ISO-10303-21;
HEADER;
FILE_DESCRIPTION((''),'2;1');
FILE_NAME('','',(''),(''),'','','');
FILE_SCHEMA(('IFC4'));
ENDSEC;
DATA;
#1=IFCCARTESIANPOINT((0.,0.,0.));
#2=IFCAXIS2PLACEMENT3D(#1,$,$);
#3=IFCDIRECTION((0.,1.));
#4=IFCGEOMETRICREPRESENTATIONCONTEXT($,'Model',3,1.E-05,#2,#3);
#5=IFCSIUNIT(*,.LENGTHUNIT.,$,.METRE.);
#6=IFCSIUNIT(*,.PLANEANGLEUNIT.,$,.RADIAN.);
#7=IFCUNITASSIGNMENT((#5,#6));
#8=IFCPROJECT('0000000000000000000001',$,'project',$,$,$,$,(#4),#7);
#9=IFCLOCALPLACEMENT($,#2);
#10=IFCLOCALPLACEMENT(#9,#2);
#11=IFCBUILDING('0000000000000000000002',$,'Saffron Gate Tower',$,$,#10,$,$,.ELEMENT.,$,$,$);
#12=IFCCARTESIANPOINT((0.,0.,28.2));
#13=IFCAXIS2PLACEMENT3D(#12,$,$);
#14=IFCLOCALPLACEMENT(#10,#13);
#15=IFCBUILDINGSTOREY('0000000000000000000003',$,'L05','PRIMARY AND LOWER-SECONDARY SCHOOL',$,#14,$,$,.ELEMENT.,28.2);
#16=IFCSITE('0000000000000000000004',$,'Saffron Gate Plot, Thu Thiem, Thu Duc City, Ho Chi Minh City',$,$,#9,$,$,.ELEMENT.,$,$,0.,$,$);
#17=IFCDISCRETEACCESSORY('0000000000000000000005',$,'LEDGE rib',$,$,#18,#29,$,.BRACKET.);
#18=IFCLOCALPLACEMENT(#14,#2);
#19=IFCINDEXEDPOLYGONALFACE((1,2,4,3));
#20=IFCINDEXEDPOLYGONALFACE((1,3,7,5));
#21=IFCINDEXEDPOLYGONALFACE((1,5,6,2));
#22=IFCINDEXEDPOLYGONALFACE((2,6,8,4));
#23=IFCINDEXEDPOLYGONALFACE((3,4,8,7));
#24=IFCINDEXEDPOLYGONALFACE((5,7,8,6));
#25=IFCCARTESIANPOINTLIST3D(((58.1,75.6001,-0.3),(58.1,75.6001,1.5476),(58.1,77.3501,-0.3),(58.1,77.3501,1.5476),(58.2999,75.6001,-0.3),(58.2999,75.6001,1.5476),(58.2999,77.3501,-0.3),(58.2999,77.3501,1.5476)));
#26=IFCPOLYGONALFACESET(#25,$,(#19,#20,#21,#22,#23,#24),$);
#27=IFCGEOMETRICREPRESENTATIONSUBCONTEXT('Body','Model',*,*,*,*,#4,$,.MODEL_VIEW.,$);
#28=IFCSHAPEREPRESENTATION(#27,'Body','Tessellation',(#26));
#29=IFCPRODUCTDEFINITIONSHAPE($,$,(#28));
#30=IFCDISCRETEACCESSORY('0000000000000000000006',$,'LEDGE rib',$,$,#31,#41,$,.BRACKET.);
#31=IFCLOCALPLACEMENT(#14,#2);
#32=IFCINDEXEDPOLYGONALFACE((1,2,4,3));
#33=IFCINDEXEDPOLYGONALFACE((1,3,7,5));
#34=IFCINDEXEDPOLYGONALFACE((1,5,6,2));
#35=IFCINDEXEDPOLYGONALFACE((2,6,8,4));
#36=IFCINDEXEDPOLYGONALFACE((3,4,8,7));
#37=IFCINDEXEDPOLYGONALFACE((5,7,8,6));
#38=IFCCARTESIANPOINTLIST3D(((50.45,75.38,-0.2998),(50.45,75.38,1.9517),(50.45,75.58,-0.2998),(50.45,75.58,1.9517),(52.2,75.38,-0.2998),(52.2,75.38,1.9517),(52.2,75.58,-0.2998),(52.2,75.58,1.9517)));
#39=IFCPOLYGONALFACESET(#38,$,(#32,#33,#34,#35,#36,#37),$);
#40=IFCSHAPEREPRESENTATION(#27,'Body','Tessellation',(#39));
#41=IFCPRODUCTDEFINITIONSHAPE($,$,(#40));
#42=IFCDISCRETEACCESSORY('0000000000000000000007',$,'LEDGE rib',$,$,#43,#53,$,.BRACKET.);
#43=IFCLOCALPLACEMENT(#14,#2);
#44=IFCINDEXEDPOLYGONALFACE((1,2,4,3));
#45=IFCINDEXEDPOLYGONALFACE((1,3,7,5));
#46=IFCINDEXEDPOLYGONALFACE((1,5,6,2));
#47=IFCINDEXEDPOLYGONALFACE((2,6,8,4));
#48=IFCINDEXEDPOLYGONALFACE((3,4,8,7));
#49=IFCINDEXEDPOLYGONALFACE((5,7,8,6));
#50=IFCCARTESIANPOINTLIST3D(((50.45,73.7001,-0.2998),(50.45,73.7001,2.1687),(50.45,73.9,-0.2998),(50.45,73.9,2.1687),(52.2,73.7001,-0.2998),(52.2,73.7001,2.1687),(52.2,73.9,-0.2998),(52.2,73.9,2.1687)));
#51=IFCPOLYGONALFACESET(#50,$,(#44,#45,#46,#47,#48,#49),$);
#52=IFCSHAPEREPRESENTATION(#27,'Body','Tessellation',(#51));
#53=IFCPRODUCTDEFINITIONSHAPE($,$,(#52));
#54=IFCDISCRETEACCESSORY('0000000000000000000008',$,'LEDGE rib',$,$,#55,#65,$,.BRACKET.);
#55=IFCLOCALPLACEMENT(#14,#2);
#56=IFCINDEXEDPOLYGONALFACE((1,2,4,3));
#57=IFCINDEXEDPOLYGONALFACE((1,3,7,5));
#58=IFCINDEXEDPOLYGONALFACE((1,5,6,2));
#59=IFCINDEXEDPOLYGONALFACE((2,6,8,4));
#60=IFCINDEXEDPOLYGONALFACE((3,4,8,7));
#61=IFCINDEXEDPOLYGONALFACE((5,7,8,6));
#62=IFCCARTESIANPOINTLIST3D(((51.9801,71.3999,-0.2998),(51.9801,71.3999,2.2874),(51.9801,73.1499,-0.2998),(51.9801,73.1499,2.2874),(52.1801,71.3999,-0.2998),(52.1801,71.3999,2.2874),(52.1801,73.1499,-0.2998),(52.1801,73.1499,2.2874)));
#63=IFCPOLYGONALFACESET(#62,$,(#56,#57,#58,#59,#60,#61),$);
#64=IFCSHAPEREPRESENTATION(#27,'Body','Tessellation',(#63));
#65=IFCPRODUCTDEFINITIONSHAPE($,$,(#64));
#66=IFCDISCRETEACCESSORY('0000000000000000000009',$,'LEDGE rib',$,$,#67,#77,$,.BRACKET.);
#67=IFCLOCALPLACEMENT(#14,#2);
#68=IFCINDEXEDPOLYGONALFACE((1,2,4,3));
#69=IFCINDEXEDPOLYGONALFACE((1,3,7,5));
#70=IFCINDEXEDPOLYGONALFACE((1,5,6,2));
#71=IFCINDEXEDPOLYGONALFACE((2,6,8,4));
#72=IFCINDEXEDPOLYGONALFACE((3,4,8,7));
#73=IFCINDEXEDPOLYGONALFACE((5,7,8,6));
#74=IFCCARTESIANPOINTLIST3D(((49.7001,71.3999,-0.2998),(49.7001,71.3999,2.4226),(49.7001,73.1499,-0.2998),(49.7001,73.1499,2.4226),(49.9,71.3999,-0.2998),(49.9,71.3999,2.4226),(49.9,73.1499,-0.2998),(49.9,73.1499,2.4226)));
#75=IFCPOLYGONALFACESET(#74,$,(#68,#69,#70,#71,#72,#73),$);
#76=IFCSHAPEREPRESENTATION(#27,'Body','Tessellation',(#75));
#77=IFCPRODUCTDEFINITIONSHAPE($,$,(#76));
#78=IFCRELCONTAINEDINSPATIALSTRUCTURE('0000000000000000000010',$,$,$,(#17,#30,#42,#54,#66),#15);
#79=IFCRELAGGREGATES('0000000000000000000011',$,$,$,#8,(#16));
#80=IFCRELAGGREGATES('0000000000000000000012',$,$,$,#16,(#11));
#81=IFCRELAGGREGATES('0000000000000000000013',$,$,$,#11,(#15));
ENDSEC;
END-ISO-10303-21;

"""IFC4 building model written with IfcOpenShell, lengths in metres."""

from ifc_helpers import new_model, si_unit, direction, frame, origin, origin_2d, place, context, subcontext, project, spatial, rectangle, extrude, element, save


model = new_model("IFC4")

# Units and contexts
model_context = context("Model", 3, precision=1e-05, world=origin(), true_north=direction((0.0, 1.0)))
body_context = subcontext(model_context, "Body", "Model", "MODEL_VIEW")
ifc_project = project(units=[si_unit("LENGTHUNIT", "METRE"), si_unit("PLANEANGLEUNIT", "RADIAN")], contexts=[model_context])

# Site, building, storey
site_placement = place(None, origin())
site = spatial("IfcSite", under=ifc_project, at=site_placement, Name="Saffron Gate Plot, Thu Thiem, Thu Duc City, Ho Chi Minh City", CompositionType="ELEMENT", RefElevation=0.0)
building_placement = place(site_placement, origin())
building = spatial("IfcBuilding", under=site, at=building_placement, Name="Saffron Gate Tower", CompositionType="ELEMENT")
storey_placement = place(building_placement, frame((0.0, 0.0, 28.2)))
storey = spatial("IfcBuildingStorey", under=building, at=storey_placement, Name="L05", Description="PRIMARY AND LOWER-SECONDARY SCHOOL", CompositionType="ELEMENT", Elevation=28.2)

# Discrete accessories
discrete_accessory_1_placement = place(storey_placement, frame((58.2, 76.4751, -0.3), z_axis=(0.0, 0.0, 1.0), x_axis=(-1.0, 0.0, 0.0)))
element("IfcDiscreteAccessory", 1, at=discrete_accessory_1_placement, inside=storey, Name="LEDGE rib", PredefinedType="BRACKET", context=body_context, shape_type="SweptSolid", body=[
    extrude(rectangle(XDim=0.2, YDim=1.75, at=origin_2d()), origin(), (0.0, 0.0, 1.0), 1.8477),
])
discrete_accessory_2_placement = place(storey_placement, frame((51.325, 75.48, -0.2998), z_axis=(0.0, 0.0, 1.0), x_axis=(0.0, -1.0, 0.0)))
element("IfcDiscreteAccessory", 2, at=discrete_accessory_2_placement, inside=storey, Name="LEDGE rib", PredefinedType="BRACKET", context=body_context, shape_type="SweptSolid", body=[
    extrude(rectangle(XDim=0.2, YDim=1.75, at=origin_2d()), origin(), (0.0, 0.0, 1.0), 2.2515),
])
discrete_accessory_3_placement = place(storey_placement, frame((51.325, 73.8, -0.2998), z_axis=(0.0, 0.0, 1.0), x_axis=(0.0, -1.0, 0.0)))
element("IfcDiscreteAccessory", 3, at=discrete_accessory_3_placement, inside=storey, Name="LEDGE rib", PredefinedType="BRACKET", context=body_context, shape_type="SweptSolid", body=[
    extrude(rectangle(XDim=0.2, YDim=1.75, at=origin_2d()), origin(), (0.0, 0.0, 1.0), 2.4685),
])
discrete_accessory_4_placement = place(storey_placement, frame((52.0801, 72.2749, -0.2998), z_axis=(0.0, 0.0, 1.0), x_axis=(-1.0, 0.0, 0.0)))
element("IfcDiscreteAccessory", 4, at=discrete_accessory_4_placement, inside=storey, Name="LEDGE rib", PredefinedType="BRACKET", context=body_context, shape_type="SweptSolid", body=[
    extrude(rectangle(XDim=0.2, YDim=1.75, at=origin_2d()), origin(), (0.0, 0.0, 1.0), 2.5872),
])
discrete_accessory_5_placement = place(storey_placement, frame((49.8, 72.2749, -0.2998), z_axis=(0.0, 0.0, 1.0), x_axis=(-1.0, 0.0, 0.0)))
element("IfcDiscreteAccessory", 5, at=discrete_accessory_5_placement, inside=storey, Name="LEDGE rib", PredefinedType="BRACKET", context=body_context, shape_type="SweptSolid", body=[
    extrude(rectangle(XDim=0.2, YDim=1.75, at=origin_2d()), origin(), (0.0, 0.0, 1.0), 2.7224),
])

save(model, "model.ifc")
